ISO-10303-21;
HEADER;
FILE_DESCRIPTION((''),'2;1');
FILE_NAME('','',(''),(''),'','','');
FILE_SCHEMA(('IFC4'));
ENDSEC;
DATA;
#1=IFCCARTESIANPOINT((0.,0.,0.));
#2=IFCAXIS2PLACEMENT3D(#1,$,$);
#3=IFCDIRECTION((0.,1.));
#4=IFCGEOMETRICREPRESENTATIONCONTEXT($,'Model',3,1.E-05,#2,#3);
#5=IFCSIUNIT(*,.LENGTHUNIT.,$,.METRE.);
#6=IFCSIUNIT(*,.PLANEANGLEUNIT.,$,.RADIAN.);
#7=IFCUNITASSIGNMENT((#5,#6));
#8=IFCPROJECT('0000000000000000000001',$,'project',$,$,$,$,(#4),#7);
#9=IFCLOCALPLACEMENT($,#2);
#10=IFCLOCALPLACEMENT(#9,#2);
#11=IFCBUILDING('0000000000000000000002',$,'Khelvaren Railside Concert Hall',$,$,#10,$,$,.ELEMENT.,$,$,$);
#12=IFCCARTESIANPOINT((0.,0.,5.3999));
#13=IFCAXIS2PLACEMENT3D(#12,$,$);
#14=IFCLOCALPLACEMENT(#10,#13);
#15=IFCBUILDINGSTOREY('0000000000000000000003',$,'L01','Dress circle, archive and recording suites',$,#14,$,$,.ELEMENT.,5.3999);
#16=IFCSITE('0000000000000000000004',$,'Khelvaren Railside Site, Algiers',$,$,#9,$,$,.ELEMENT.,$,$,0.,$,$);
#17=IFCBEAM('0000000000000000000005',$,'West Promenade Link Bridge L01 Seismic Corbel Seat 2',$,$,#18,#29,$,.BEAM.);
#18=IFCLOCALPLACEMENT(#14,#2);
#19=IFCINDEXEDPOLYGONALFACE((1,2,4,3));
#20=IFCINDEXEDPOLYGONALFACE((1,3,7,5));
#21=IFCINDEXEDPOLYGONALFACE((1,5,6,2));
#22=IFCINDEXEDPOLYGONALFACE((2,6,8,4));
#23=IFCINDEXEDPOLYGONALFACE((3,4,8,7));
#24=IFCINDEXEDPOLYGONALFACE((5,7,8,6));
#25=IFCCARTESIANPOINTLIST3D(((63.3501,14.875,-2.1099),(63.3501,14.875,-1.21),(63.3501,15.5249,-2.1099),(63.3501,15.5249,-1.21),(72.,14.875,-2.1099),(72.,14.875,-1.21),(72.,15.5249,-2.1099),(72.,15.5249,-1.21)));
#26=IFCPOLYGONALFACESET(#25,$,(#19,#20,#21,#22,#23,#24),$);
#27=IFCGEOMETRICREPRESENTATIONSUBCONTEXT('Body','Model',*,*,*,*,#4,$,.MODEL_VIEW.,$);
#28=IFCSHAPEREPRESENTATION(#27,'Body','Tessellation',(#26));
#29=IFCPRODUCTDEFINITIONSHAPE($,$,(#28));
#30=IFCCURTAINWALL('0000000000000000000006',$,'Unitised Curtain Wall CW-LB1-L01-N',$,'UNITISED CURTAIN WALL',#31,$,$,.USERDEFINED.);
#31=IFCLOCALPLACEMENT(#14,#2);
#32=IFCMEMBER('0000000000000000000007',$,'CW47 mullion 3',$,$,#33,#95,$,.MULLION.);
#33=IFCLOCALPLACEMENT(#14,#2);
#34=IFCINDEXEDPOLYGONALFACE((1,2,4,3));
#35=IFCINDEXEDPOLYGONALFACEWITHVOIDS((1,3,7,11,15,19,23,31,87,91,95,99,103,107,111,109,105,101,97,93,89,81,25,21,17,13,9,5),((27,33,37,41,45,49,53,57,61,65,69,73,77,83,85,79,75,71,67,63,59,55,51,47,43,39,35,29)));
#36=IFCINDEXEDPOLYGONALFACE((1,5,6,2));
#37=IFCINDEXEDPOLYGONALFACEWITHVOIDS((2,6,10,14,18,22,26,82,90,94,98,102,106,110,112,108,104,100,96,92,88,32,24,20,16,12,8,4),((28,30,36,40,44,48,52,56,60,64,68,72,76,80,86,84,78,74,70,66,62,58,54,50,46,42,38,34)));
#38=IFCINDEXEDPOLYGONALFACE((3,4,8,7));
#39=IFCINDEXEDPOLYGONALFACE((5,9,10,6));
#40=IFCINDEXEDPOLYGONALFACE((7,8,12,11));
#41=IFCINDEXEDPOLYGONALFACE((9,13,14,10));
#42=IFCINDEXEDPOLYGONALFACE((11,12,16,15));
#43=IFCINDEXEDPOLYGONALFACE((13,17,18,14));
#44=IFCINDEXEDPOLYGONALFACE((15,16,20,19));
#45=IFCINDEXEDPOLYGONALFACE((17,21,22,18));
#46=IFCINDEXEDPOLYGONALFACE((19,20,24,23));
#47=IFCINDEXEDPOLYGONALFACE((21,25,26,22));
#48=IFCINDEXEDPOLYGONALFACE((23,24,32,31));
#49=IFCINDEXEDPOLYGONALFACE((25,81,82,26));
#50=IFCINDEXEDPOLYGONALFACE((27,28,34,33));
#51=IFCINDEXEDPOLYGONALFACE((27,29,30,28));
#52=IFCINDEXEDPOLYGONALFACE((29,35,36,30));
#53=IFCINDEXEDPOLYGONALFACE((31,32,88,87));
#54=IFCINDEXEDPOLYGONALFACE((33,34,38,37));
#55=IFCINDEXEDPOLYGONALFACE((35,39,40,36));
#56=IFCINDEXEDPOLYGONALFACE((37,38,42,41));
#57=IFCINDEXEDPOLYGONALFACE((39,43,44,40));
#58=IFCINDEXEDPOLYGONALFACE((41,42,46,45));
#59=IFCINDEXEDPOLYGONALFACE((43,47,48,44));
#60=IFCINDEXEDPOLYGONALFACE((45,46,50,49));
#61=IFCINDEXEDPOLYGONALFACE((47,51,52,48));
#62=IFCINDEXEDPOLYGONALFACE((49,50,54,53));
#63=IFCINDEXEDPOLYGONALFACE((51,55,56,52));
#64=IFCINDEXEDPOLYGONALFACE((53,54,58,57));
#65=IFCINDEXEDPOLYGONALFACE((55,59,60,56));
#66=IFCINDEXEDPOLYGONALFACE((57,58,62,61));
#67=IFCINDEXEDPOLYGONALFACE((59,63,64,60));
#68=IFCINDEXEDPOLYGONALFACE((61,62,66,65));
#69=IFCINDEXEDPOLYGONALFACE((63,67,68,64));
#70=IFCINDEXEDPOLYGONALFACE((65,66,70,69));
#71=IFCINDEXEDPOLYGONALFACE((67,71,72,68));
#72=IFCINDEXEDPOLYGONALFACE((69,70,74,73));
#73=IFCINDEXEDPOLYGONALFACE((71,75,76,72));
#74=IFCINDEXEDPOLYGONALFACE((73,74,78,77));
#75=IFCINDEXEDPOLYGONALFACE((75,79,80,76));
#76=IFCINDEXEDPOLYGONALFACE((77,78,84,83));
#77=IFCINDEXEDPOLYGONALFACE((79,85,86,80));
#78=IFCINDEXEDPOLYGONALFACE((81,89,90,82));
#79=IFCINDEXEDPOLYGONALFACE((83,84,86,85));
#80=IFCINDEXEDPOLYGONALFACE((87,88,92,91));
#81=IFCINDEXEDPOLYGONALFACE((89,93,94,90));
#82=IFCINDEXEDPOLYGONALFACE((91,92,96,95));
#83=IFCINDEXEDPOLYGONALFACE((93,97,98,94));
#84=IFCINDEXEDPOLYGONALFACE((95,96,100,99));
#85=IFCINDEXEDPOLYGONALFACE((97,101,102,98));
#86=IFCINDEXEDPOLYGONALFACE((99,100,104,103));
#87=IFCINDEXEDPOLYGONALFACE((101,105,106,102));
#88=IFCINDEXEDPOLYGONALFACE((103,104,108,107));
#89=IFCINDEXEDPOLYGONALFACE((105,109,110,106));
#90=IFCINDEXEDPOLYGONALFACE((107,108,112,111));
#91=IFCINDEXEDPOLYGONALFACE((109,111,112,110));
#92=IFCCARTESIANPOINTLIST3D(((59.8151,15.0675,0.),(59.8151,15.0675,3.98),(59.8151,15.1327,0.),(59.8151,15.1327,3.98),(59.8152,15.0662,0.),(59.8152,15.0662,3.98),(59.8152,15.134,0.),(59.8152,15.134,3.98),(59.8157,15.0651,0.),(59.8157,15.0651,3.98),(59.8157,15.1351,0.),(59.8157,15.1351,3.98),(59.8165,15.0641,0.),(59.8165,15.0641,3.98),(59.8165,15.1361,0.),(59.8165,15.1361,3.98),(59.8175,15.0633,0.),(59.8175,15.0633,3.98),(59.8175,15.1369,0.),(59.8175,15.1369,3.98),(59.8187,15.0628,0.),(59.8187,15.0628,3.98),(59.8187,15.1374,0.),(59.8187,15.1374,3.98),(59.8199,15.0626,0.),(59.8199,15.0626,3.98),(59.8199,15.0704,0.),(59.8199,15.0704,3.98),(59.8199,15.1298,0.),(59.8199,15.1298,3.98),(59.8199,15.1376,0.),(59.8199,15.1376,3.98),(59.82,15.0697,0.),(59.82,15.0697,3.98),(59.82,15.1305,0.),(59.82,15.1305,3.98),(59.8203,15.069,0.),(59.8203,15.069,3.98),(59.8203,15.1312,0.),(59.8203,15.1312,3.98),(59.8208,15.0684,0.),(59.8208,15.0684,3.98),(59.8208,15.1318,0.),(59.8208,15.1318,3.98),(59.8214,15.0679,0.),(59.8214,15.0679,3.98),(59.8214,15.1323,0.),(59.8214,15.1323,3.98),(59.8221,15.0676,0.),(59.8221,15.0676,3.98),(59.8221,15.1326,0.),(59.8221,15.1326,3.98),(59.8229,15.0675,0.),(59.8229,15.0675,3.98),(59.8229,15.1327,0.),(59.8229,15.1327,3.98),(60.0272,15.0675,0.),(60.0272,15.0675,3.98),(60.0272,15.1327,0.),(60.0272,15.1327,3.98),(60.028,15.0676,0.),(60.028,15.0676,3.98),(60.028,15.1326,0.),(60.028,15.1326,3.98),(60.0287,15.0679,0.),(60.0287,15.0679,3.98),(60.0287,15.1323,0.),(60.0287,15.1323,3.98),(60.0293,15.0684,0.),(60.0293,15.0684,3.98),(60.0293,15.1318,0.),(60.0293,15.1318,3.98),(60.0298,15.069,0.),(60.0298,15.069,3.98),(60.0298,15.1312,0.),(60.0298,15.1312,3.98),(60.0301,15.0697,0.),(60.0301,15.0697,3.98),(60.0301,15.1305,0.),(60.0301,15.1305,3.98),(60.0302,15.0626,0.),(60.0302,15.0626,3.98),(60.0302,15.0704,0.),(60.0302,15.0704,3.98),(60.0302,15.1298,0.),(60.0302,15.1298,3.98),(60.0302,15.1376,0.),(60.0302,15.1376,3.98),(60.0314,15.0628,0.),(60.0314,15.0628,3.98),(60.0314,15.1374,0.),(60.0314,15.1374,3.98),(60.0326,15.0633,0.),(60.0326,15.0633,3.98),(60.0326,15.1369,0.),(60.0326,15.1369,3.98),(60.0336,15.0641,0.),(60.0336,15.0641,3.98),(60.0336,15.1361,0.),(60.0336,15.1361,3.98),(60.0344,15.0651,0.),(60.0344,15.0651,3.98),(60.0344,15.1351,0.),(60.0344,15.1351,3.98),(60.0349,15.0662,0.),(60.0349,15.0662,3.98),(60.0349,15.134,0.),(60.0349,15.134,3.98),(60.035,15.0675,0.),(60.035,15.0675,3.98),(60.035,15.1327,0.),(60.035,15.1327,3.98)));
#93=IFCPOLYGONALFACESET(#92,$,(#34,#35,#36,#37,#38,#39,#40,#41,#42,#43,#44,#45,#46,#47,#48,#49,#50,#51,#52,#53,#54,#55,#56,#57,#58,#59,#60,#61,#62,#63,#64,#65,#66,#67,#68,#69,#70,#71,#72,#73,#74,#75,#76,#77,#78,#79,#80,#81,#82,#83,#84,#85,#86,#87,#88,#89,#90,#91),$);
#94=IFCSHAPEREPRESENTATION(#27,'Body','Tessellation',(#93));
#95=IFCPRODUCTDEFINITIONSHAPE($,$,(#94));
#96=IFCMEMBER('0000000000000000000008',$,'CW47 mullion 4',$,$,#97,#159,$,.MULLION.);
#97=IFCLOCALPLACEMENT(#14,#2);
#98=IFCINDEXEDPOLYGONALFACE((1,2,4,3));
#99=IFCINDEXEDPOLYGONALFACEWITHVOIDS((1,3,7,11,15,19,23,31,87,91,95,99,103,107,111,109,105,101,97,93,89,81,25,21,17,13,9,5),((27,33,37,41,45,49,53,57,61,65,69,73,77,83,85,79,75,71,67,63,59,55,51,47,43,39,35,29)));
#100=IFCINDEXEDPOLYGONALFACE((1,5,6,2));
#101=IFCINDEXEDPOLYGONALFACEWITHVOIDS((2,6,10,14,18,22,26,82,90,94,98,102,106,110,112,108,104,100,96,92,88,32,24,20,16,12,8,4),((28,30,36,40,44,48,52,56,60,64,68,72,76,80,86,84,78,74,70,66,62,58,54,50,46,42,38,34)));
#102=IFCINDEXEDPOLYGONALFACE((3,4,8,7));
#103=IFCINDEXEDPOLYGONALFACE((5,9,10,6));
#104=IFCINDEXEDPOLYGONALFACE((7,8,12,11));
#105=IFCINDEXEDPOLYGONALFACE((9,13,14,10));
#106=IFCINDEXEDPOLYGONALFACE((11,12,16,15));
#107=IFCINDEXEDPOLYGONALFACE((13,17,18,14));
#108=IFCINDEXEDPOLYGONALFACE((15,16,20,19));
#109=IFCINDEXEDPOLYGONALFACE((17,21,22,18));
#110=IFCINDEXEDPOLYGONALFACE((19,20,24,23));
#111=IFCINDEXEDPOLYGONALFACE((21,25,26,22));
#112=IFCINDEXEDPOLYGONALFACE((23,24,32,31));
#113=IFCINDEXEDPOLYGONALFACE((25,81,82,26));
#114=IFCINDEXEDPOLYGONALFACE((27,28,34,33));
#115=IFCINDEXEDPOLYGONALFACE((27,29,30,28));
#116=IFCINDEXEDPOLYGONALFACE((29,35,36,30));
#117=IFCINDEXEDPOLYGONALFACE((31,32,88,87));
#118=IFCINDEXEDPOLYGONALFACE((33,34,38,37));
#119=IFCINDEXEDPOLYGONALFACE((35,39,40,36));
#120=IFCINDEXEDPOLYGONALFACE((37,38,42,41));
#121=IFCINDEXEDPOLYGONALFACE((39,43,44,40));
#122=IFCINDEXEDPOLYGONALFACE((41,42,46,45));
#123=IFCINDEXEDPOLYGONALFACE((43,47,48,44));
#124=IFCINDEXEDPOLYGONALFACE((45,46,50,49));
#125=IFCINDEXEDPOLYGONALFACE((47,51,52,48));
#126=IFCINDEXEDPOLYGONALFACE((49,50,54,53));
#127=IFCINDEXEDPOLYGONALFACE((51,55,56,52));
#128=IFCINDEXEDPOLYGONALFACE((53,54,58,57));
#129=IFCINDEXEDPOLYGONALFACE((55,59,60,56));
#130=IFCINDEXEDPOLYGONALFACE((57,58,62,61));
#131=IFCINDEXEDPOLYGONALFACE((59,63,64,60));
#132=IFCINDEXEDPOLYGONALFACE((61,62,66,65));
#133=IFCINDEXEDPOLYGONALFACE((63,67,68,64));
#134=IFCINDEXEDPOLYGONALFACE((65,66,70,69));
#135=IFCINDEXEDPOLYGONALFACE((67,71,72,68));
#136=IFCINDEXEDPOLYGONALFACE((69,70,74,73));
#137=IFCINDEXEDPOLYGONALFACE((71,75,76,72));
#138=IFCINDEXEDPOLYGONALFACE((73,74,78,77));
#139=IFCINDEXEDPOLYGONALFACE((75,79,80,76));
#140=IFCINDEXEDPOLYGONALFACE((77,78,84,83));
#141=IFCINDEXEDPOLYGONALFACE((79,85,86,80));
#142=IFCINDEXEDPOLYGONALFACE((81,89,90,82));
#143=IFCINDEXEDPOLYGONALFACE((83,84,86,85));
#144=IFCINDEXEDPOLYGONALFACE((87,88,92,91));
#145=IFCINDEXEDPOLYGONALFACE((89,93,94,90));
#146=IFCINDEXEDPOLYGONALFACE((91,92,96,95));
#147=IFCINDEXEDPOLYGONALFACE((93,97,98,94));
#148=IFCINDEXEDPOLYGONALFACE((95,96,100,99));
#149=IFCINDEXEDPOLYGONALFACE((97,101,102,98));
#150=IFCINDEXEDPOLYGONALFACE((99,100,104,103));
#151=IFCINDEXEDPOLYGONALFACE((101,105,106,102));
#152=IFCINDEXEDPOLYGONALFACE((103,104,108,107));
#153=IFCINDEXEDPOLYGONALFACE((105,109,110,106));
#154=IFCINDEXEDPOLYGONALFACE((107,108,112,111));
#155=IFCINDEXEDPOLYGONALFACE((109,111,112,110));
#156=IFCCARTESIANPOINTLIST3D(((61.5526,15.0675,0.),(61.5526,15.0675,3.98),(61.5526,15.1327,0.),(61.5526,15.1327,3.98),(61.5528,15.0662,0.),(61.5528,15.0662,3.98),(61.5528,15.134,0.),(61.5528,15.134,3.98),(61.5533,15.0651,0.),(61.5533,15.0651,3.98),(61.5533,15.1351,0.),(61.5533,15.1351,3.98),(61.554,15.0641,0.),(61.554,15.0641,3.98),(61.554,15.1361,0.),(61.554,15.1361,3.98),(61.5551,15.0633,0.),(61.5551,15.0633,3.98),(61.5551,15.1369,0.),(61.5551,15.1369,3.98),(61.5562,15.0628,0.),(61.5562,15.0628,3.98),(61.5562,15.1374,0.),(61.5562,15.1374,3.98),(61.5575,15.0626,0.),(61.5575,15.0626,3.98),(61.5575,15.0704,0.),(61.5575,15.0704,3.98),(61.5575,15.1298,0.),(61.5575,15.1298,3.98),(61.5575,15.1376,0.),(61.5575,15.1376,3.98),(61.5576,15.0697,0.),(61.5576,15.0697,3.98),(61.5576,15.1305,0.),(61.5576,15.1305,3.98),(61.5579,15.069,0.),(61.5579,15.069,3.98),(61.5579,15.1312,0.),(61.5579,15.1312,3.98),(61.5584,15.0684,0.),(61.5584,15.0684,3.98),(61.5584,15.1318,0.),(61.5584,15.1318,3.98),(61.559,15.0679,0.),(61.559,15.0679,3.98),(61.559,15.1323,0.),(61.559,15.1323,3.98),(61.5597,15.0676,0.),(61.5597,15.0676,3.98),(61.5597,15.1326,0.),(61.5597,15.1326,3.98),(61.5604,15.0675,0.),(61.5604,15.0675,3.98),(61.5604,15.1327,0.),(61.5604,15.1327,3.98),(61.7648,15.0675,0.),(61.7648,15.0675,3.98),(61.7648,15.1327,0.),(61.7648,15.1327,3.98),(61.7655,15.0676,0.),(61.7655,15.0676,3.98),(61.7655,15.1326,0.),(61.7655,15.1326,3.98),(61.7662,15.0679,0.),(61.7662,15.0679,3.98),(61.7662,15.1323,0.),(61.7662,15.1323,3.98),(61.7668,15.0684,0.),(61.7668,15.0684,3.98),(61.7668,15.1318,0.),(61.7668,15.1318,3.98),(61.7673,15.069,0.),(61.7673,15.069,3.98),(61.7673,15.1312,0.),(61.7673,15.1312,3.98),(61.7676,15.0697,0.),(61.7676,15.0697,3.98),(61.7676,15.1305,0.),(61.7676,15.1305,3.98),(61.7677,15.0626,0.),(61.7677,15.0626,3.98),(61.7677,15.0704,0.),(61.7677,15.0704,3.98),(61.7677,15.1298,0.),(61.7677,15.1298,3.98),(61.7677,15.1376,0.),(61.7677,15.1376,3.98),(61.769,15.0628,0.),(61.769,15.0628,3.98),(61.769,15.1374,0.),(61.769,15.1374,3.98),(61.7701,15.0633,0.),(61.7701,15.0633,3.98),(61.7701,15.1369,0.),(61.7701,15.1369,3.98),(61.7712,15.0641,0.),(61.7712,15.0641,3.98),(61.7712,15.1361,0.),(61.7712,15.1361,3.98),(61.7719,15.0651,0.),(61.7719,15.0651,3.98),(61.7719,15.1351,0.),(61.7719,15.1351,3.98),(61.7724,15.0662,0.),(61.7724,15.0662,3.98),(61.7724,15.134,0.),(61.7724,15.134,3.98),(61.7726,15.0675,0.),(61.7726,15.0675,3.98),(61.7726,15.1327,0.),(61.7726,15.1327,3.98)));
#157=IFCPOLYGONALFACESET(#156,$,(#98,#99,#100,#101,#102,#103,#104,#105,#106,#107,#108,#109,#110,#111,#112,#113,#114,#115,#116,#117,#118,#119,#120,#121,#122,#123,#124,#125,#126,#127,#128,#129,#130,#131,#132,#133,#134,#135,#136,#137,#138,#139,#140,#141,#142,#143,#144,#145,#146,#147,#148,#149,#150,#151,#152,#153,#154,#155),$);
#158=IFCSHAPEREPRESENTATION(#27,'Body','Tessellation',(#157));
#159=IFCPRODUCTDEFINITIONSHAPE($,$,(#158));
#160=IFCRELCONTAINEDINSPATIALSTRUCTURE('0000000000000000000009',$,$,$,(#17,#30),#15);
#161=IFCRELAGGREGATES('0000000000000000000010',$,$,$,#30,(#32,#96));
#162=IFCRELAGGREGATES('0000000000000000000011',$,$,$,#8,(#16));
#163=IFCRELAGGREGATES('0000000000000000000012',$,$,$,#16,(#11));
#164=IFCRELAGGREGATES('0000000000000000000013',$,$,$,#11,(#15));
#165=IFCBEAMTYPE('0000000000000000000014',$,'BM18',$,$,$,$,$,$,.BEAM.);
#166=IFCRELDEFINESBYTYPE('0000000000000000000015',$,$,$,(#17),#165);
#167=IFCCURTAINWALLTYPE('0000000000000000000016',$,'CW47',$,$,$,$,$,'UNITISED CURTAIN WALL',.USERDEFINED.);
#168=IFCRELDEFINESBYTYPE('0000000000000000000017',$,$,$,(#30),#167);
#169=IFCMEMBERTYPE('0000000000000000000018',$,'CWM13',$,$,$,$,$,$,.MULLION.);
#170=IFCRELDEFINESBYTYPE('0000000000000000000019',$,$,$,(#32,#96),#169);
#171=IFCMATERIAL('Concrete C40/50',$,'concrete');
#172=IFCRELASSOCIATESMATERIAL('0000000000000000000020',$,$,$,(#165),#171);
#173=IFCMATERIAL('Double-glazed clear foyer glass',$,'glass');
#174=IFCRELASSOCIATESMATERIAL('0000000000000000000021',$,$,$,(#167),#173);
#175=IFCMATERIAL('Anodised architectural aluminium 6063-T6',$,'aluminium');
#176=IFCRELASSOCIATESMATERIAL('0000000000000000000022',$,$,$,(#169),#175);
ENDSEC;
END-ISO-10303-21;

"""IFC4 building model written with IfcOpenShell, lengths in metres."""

from ifc_helpers import new_model, si_unit, direction, frame, origin, origin_2d, place, context, subcontext, project, spatial, rectangle, hollow_rectangle, extrude, material, material_profile, profile_set, type_object, element, aggregate, save


model = new_model("IFC4")

# Units and contexts
model_context = context("Model", 3, precision=1e-05, world=origin(), true_north=direction((0.0, 1.0)))
body_context = subcontext(model_context, "Body", "Model", "MODEL_VIEW")
ifc_project = project(units=[si_unit("LENGTHUNIT", "METRE"), si_unit("PLANEANGLEUNIT", "RADIAN")], contexts=[model_context])

# Site, building, storey
site_placement = place(None, origin())
site = spatial("IfcSite", under=ifc_project, at=site_placement, Name="Khelvaren Railside Site, Algiers", CompositionType="ELEMENT", RefElevation=0.0)
building_placement = place(site_placement, origin())
building = spatial("IfcBuilding", under=site, at=building_placement, Name="Khelvaren Railside Concert Hall", CompositionType="ELEMENT")
storey_placement = place(building_placement, frame((0.0, 0.0, 5.3999)))
storey = spatial("IfcBuildingStorey", under=building, at=storey_placement, Name="L01", Description="Dress circle, archive and recording suites", CompositionType="ELEMENT", Elevation=5.3999)

# Beam
ifc_material_1 = material(Name="Concrete C40/50", Category="concrete")
ifc_material_profile_1 = material_profile(ifc_material_1, rectangle(XDim=0.6499, YDim=0.8999, at=origin_2d()), Name="RCB 650x900")
ifc_profile_set_1 = profile_set([ifc_material_profile_1], Name="Concrete C40/50")
beam_type_1 = type_object("IfcBeamType", Name="BM18", PredefinedType="BEAM", material=ifc_profile_set_1)
beam_1_placement = place(storey_placement, frame((63.3501, 15.2, -1.6599), z_axis=(1.0, 0.0, 0.0), x_axis=(0.0, 1.0, 0.0)))
element("IfcBeam", 1, at=beam_1_placement, inside=storey, type_object=beam_type_1, Name="West Promenade Link Bridge L01 Seismic Corbel Seat 2", PredefinedType="BEAM", context=body_context, shape_type="SweptSolid", body=[
    extrude(rectangle(XDim=0.6499, YDim=0.8999, at=origin_2d()), origin(), (0.0, 0.0, 1.0), 8.6499),
])

# Curtain wall, members
ifc_material_2 = material(Name="Double-glazed clear foyer glass", Category="glass")
curtain_wall_type = type_object("IfcCurtainWallType", Name="CW47", ElementType="UNITISED CURTAIN WALL", PredefinedType="USERDEFINED", material=ifc_material_2)
curtain_wall_placement = place(storey_placement, origin())
curtain_wall = element("IfcCurtainWall", 2, at=curtain_wall_placement, inside=storey, type_object=curtain_wall_type, Name="Unitised Curtain Wall CW-LB1-L01-N", ObjectType="UNITISED CURTAIN WALL", PredefinedType="USERDEFINED")
ifc_material_3 = material(Name="Anodised architectural aluminium 6063-T6", Category="aluminium")
ifc_material_profile_2 = material_profile(ifc_material_3, hollow_rectangle(XDim=0.075, YDim=0.22, WallThickness=0.0049, InnerFilletRadius=0.0029, OuterFilletRadius=0.0049, at=origin_2d()), Name="CWM 75x220x5")
ifc_profile_set_2 = profile_set([ifc_material_profile_2], Name="Anodised architectural aluminium 6063-T6")
member_type_1 = type_object("IfcMemberType", Name="CWM13", PredefinedType="MULLION", material=ifc_profile_set_2)
member_1_placement = place(storey_placement, frame((59.925, 15.1001, 0.0), z_axis=(0.0, 0.0, 1.0), x_axis=(0.0, 1.0, 0.0)))
member_1 = element("IfcMember", 3, at=member_1_placement, type_object=member_type_1, Name="CW47 mullion 3", PredefinedType="MULLION", context=body_context, shape_type="SweptSolid", body=[
    extrude(hollow_rectangle(XDim=0.075, YDim=0.22, WallThickness=0.0049, InnerFilletRadius=0.0029, OuterFilletRadius=0.0049, at=origin_2d()), origin(), (0.0, 0.0, 1.0), 3.98),
])
member_2_placement = place(storey_placement, frame((61.6626, 15.1001, 0.0), z_axis=(0.0, 0.0, 1.0), x_axis=(0.0, 1.0, 0.0)))
member_2 = element("IfcMember", 4, at=member_2_placement, type_object=member_type_1, Name="CW47 mullion 4", PredefinedType="MULLION", context=body_context, shape_type="SweptSolid", body=[
    extrude(hollow_rectangle(XDim=0.075, YDim=0.22, WallThickness=0.0049, InnerFilletRadius=0.0029, OuterFilletRadius=0.0049, at=origin_2d()), origin(), (0.0, 0.0, 1.0), 3.98),
])

aggregate(curtain_wall, [member_1, member_2])

save(model, "model.ifc")
